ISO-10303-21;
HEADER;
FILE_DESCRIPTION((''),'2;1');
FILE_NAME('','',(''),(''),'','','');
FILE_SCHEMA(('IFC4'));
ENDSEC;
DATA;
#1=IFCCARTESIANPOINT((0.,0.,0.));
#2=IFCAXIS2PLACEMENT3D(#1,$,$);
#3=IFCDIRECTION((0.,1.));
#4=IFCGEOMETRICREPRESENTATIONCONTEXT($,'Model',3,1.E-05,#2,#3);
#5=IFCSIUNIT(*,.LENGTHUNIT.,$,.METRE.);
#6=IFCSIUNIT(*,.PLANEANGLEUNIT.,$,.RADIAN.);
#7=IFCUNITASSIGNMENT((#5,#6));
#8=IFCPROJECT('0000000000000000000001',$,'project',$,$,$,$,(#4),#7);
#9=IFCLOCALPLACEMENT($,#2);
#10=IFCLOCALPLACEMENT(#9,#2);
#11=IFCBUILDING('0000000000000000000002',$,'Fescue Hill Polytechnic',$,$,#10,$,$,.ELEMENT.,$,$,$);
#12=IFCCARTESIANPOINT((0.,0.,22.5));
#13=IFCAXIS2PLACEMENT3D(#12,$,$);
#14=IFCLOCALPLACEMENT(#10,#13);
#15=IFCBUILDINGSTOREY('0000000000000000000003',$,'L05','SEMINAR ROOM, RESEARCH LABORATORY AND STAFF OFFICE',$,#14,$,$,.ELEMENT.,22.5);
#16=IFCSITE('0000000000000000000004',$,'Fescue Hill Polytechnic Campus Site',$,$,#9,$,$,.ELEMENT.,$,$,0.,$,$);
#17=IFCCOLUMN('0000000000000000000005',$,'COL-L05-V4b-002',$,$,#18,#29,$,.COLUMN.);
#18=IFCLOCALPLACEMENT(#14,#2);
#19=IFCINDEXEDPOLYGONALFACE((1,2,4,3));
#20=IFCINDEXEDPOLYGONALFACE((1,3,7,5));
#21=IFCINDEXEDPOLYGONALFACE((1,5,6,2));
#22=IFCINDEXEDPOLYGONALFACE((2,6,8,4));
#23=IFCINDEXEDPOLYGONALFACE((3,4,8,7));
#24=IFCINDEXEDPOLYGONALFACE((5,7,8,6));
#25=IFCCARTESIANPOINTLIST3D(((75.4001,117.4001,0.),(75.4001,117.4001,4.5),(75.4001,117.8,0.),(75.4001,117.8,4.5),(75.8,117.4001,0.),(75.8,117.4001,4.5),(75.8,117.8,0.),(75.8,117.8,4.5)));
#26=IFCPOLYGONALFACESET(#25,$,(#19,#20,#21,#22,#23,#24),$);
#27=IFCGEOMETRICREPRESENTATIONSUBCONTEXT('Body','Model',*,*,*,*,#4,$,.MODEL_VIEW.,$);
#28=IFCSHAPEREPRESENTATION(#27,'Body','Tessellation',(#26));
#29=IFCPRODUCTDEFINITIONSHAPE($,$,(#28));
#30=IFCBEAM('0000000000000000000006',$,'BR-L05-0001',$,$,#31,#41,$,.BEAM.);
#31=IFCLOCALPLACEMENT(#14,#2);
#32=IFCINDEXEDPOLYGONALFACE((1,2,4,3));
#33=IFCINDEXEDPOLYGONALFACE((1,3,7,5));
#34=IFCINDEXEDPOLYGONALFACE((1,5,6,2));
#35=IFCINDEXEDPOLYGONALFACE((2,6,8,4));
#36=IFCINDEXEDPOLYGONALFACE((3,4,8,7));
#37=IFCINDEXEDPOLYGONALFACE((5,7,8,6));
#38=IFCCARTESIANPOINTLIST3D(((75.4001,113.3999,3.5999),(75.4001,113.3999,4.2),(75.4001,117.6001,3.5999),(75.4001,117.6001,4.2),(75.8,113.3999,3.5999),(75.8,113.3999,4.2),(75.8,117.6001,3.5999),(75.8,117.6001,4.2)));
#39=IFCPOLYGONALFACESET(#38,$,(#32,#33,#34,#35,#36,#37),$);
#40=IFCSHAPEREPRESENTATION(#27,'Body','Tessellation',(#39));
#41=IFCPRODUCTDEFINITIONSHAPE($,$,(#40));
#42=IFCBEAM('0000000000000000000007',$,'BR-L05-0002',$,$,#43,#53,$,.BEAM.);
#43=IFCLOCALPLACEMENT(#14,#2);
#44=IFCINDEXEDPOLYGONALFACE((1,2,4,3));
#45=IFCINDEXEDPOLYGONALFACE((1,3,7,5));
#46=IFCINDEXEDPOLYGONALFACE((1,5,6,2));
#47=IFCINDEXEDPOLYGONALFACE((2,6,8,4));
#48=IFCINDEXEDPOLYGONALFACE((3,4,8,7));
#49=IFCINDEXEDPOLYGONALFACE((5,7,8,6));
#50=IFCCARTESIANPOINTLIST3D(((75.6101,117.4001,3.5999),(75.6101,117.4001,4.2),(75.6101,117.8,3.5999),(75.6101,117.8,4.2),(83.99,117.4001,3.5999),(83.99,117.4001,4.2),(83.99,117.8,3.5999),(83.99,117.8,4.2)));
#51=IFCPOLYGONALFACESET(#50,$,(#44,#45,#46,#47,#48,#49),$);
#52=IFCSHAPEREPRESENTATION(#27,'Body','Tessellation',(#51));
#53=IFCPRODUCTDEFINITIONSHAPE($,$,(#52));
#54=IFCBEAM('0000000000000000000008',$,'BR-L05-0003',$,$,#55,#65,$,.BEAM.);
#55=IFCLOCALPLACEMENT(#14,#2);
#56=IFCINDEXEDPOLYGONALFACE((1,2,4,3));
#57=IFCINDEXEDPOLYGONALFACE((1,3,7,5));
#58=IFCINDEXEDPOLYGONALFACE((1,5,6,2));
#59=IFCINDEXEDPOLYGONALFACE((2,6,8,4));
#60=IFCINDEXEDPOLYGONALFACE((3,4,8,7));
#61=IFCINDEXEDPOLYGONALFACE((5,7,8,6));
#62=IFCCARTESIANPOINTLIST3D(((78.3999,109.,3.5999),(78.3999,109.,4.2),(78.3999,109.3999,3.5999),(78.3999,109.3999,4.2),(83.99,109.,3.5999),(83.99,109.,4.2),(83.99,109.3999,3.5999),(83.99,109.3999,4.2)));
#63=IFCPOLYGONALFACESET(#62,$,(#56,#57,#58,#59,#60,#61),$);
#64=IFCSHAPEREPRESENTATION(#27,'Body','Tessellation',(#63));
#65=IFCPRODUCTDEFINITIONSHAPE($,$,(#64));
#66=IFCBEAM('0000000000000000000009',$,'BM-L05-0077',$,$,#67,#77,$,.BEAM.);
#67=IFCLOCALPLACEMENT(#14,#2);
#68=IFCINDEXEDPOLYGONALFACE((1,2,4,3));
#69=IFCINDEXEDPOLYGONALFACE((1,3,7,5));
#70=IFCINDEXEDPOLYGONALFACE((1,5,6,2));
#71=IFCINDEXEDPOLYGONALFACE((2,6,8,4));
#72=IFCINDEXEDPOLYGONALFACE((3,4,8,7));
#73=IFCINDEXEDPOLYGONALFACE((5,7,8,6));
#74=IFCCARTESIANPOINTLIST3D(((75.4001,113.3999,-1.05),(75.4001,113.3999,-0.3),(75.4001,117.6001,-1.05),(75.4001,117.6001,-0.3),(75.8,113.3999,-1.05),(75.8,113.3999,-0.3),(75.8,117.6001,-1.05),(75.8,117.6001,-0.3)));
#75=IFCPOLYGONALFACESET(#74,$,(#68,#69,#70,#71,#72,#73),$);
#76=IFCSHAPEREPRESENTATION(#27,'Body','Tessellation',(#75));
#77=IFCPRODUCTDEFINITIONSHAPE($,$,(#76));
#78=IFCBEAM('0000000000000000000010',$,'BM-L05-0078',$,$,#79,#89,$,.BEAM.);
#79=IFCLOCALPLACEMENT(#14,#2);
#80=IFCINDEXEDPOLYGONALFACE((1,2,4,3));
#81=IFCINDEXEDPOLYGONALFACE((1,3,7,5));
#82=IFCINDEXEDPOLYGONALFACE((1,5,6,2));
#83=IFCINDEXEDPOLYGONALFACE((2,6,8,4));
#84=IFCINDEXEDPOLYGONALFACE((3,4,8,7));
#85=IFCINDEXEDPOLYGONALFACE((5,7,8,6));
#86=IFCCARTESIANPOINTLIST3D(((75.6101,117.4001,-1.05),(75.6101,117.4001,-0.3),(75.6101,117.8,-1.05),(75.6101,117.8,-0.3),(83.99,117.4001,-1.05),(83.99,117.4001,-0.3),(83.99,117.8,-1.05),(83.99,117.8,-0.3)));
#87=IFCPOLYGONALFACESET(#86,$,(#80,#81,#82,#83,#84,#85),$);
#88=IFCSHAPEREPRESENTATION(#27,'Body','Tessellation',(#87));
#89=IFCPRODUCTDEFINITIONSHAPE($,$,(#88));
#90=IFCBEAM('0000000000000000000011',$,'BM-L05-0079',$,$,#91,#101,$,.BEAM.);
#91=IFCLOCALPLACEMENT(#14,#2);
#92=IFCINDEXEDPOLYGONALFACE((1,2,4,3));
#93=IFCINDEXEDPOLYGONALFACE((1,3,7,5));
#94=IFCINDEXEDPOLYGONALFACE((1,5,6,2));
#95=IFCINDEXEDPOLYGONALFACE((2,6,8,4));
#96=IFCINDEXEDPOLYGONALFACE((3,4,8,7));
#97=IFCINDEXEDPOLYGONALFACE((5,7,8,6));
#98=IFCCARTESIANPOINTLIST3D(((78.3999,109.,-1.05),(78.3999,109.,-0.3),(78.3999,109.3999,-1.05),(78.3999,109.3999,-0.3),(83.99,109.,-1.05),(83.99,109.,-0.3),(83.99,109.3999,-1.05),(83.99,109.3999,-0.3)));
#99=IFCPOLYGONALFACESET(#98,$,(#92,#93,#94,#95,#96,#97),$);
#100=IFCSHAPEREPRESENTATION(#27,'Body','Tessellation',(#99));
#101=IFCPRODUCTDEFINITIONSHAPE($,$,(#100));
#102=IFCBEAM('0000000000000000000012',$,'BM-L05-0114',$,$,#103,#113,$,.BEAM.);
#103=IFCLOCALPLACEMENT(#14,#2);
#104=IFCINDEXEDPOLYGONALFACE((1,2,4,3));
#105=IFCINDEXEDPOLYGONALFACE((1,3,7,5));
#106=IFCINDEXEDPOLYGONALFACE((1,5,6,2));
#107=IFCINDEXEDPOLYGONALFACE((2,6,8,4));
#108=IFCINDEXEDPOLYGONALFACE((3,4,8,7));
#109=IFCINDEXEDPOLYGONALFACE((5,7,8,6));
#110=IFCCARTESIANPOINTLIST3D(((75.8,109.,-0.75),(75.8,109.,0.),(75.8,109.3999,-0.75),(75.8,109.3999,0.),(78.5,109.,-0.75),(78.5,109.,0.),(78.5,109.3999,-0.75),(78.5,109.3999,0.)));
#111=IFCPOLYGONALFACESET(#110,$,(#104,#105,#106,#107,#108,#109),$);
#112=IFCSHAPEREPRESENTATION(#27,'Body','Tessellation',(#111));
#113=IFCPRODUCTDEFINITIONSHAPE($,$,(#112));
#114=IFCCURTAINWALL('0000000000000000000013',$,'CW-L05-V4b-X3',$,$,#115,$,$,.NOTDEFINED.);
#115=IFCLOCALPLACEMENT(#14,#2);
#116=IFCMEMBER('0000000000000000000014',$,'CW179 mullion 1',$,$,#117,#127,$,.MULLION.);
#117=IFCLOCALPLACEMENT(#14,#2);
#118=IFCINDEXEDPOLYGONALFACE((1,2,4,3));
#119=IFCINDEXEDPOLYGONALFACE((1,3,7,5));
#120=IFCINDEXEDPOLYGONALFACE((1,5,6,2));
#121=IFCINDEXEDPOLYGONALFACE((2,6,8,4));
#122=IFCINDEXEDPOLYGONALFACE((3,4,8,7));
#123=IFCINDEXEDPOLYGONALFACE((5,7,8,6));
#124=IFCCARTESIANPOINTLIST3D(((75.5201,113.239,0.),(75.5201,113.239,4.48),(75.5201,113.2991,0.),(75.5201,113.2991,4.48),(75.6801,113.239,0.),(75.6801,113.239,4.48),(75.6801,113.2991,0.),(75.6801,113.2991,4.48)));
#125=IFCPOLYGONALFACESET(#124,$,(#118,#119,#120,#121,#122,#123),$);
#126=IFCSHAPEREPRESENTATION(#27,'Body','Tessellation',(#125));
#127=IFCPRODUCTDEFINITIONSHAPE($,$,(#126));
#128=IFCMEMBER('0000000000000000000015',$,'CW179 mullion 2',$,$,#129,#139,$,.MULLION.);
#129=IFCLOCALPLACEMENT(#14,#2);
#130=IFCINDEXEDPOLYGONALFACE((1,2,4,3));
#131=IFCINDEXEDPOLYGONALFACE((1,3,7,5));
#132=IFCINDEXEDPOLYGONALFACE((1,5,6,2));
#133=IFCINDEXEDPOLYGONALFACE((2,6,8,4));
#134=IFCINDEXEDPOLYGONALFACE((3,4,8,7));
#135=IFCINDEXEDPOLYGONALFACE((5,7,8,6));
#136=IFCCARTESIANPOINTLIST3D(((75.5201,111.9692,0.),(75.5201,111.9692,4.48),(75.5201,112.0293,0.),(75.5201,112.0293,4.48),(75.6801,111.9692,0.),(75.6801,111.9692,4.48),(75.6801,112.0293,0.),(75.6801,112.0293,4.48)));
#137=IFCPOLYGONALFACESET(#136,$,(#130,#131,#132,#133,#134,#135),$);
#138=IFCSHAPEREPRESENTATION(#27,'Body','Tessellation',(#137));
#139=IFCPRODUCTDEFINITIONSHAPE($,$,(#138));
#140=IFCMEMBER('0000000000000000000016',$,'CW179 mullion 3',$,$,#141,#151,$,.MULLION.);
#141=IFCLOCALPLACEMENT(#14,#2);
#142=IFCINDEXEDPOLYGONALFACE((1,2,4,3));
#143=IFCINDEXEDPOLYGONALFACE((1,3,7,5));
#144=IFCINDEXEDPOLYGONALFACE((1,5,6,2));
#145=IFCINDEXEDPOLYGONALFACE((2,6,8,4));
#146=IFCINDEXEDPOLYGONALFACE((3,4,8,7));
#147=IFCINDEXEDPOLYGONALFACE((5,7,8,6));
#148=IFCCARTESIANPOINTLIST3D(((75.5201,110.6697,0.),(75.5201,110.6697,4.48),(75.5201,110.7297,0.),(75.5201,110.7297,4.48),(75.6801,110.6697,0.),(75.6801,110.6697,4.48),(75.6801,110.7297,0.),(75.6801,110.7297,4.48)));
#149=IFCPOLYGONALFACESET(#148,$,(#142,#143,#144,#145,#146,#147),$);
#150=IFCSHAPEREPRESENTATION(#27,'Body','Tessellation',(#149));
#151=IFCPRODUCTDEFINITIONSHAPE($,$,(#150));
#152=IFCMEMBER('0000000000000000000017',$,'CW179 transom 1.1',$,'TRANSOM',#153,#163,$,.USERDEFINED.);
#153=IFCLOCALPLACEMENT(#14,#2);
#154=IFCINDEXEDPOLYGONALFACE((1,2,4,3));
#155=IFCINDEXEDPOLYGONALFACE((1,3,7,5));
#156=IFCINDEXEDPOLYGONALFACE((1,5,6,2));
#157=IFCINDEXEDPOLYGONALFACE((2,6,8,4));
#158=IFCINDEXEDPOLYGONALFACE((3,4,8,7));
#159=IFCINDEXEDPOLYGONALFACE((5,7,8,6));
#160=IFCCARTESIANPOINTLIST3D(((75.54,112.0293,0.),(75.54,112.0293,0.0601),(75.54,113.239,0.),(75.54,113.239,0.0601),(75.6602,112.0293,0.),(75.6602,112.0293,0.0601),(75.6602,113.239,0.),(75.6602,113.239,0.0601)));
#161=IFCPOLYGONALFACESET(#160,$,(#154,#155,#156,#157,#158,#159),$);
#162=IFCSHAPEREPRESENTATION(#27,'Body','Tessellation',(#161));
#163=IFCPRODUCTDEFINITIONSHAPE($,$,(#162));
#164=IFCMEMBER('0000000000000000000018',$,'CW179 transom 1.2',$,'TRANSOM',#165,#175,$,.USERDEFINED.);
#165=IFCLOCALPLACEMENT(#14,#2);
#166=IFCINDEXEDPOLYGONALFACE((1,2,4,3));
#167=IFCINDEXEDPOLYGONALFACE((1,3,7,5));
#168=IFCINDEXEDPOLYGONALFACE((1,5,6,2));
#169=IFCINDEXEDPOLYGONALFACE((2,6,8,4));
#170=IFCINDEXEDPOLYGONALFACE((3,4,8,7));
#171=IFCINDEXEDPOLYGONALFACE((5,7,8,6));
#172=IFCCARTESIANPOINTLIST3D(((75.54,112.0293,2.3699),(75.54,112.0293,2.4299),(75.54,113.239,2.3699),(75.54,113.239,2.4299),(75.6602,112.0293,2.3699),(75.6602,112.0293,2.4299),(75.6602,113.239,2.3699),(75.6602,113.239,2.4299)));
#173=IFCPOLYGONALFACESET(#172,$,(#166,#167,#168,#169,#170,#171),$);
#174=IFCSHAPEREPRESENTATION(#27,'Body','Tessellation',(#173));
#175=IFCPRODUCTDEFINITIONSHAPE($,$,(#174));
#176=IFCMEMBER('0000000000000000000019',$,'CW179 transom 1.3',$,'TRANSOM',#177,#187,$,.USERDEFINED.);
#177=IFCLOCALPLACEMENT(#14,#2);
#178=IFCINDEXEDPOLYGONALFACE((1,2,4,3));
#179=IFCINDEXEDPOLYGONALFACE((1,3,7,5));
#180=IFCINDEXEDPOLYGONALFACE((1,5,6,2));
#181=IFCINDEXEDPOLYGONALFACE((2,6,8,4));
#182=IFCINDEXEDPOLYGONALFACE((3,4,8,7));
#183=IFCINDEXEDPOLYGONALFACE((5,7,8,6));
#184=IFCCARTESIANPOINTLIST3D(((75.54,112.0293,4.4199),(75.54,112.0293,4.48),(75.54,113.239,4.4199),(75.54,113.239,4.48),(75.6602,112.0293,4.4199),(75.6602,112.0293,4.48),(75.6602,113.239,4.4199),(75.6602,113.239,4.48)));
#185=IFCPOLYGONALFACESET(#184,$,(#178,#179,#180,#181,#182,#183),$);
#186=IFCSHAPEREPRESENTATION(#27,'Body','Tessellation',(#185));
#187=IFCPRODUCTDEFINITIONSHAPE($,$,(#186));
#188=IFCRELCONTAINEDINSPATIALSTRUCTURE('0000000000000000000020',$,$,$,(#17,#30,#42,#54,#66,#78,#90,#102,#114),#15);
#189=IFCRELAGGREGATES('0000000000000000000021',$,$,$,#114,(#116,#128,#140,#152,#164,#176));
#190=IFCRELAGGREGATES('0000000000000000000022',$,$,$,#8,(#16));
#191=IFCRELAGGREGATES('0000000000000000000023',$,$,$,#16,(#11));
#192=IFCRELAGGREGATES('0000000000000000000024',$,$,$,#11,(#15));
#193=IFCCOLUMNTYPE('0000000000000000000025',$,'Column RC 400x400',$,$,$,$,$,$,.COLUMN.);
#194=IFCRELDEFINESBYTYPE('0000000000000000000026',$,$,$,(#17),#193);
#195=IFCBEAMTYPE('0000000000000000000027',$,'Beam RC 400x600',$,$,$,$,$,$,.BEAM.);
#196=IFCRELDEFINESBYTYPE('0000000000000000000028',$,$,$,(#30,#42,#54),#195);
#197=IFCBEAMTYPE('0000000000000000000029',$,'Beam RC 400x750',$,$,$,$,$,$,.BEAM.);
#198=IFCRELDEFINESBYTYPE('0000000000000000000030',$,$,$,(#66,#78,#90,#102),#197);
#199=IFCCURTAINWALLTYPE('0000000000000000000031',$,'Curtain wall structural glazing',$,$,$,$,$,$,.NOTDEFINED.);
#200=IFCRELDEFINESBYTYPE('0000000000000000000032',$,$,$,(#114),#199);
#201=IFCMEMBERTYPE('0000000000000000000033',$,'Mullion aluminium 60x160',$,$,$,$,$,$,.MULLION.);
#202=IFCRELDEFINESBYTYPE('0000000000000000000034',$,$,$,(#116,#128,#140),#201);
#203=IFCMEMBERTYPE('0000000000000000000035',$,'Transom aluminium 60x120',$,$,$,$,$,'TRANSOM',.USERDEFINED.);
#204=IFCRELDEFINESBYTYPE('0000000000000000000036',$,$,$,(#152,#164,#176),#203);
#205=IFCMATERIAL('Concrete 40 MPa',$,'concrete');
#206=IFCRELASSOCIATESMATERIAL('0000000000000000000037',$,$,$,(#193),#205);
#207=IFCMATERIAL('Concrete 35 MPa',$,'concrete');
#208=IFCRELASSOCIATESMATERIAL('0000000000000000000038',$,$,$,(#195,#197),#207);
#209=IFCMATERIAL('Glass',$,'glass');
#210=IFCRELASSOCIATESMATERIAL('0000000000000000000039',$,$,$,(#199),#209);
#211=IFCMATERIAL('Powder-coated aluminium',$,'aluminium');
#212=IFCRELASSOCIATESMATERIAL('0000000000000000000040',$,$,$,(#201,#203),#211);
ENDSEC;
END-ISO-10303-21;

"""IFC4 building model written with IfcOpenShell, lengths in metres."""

from ifc_helpers import new_model, si_unit, direction, frame, origin, origin_2d, place, context, subcontext, project, spatial, rectangle, extrude, material, material_profile, profile_set, type_object, element, aggregate, save


model = new_model("IFC4")

# Units and contexts
model_context = context("Model", 3, precision=1e-05, world=origin(), true_north=direction((0.0, 1.0)))
body_context = subcontext(model_context, "Body", "Model", "MODEL_VIEW")
ifc_project = project(units=[si_unit("LENGTHUNIT", "METRE"), si_unit("PLANEANGLEUNIT", "RADIAN")], contexts=[model_context])

# Site, building, storey
site_placement = place(None, origin())
site = spatial("IfcSite", under=ifc_project, at=site_placement, Name="Fescue Hill Polytechnic Campus Site", CompositionType="ELEMENT", RefElevation=0.0)
building_placement = place(site_placement, origin())
building = spatial("IfcBuilding", under=site, at=building_placement, Name="Fescue Hill Polytechnic", CompositionType="ELEMENT")
storey_placement = place(building_placement, frame((0.0, 0.0, 22.5)))
storey = spatial("IfcBuildingStorey", under=building, at=storey_placement, Name="L05", Description="SEMINAR ROOM, RESEARCH LABORATORY AND STAFF OFFICE", CompositionType="ELEMENT", Elevation=22.5)

# Column
ifc_material_1 = material(Name="Concrete 40 MPa", Category="concrete")
ifc_material_profile_1 = material_profile(ifc_material_1, rectangle(XDim=0.3999, YDim=0.3999, at=origin_2d()), Name="RC 400x400")
ifc_profile_set_1 = profile_set([ifc_material_profile_1], Name="Concrete 40 MPa")
column_type = type_object("IfcColumnType", Name="Column RC 400x400", PredefinedType="COLUMN", material=ifc_profile_set_1)
column_placement = place(storey_placement, frame((75.6001, 117.6001, 0.0), z_axis=(0.0, 0.0, 1.0), x_axis=(1.0, 0.0, 0.0)))
element("IfcColumn", 1, at=column_placement, inside=storey, type_object=column_type, Name="COL-L05-V4b-002", PredefinedType="COLUMN", context=body_context, shape_type="SweptSolid", body=[
    extrude(rectangle(XDim=0.3999, YDim=0.3999, at=origin_2d()), origin(), (0.0, 0.0, 1.0), 4.5),
])

# Beams
ifc_material_2 = material(Name="Concrete 35 MPa", Category="concrete")
ifc_material_profile_2 = material_profile(ifc_material_2, rectangle(XDim=0.3999, YDim=0.6001, at=origin_2d()), Name="RC 400x600")
ifc_profile_set_2 = profile_set([ifc_material_profile_2], Name="Concrete 35 MPa")
beam_type_1 = type_object("IfcBeamType", Name="Beam RC 400x600", PredefinedType="BEAM", material=ifc_profile_set_2)
beam_1_placement = place(storey_placement, frame((75.6001, 113.3999, 3.8999), z_axis=(0.0, 1.0, 0.0), x_axis=(-1.0, 0.0, 0.0)))
element("IfcBeam", 2, at=beam_1_placement, inside=storey, type_object=beam_type_1, Name="BR-L05-0001", PredefinedType="BEAM", context=body_context, shape_type="SweptSolid", body=[
    extrude(rectangle(XDim=0.3999, YDim=0.6001, at=origin_2d()), origin(), (0.0, 0.0, 1.0), 4.2002),
])
beam_2_placement = place(storey_placement, frame((75.6101, 117.6001, 3.8999), z_axis=(1.0, 0.0, 0.0), x_axis=(0.0, 1.0, 0.0)))
element("IfcBeam", 3, at=beam_2_placement, inside=storey, type_object=beam_type_1, Name="BR-L05-0002", PredefinedType="BEAM", context=body_context, shape_type="SweptSolid", body=[
    extrude(rectangle(XDim=0.3999, YDim=0.6001, at=origin_2d()), origin(), (0.0, 0.0, 1.0), 8.3799),
])
beam_3_placement = place(storey_placement, frame((78.3999, 109.2, 3.8999), z_axis=(1.0, 0.0, 0.0), x_axis=(0.0, 1.0, 0.0)))
element("IfcBeam", 4, at=beam_3_placement, inside=storey, type_object=beam_type_1, Name="BR-L05-0003", PredefinedType="BEAM", context=body_context, shape_type="SweptSolid", body=[
    extrude(rectangle(XDim=0.3999, YDim=0.6001, at=origin_2d()), origin(), (0.0, 0.0, 1.0), 5.5901),
])
ifc_material_profile_3 = material_profile(ifc_material_2, rectangle(XDim=0.3999, YDim=0.75, at=origin_2d()), Name="RC 400x750")
ifc_profile_set_3 = profile_set([ifc_material_profile_3], Name="Concrete 35 MPa")
beam_type_2 = type_object("IfcBeamType", Name="Beam RC 400x750", PredefinedType="BEAM", material=ifc_profile_set_3)
beam_4_placement = place(storey_placement, frame((75.6001, 113.3999, -0.675), z_axis=(0.0, 1.0, 0.0), x_axis=(-1.0, 0.0, 0.0)))
element("IfcBeam", 5, at=beam_4_placement, inside=storey, type_object=beam_type_2, Name="BM-L05-0077", PredefinedType="BEAM", context=body_context, shape_type="SweptSolid", body=[
    extrude(rectangle(XDim=0.3999, YDim=0.75, at=origin_2d()), origin(), (0.0, 0.0, 1.0), 4.2002),
])
beam_5_placement = place(storey_placement, frame((75.6101, 117.6001, -0.675), z_axis=(1.0, 0.0, 0.0), x_axis=(0.0, 1.0, 0.0)))
element("IfcBeam", 6, at=beam_5_placement, inside=storey, type_object=beam_type_2, Name="BM-L05-0078", PredefinedType="BEAM", context=body_context, shape_type="SweptSolid", body=[
    extrude(rectangle(XDim=0.3999, YDim=0.75, at=origin_2d()), origin(), (0.0, 0.0, 1.0), 8.3799),
])
beam_6_placement = place(storey_placement, frame((78.3999, 109.2, -0.675), z_axis=(1.0, 0.0, 0.0), x_axis=(0.0, 1.0, 0.0)))
element("IfcBeam", 7, at=beam_6_placement, inside=storey, type_object=beam_type_2, Name="BM-L05-0079", PredefinedType="BEAM", context=body_context, shape_type="SweptSolid", body=[
    extrude(rectangle(XDim=0.3999, YDim=0.75, at=origin_2d()), origin(), (0.0, 0.0, 1.0), 5.5901),
])
beam_7_placement = place(storey_placement, frame((75.8, 109.2, -0.375), z_axis=(1.0, 0.0, 0.0), x_axis=(0.0, 1.0, 0.0)))
element("IfcBeam", 8, at=beam_7_placement, inside=storey, type_object=beam_type_2, Name="BM-L05-0114", PredefinedType="BEAM", context=body_context, shape_type="SweptSolid", body=[
    extrude(rectangle(XDim=0.3999, YDim=0.75, at=origin_2d()), origin(), (0.0, 0.0, 1.0), 2.7),
])

# Curtain wall, members
ifc_material_3 = material(Name="Glass", Category="glass")
curtain_wall_type = type_object("IfcCurtainWallType", Name="Curtain wall structural glazing", PredefinedType="NOTDEFINED", material=ifc_material_3)
curtain_wall_placement = place(storey_placement, origin())
curtain_wall = element("IfcCurtainWall", 9, at=curtain_wall_placement, inside=storey, type_object=curtain_wall_type, Name="CW-L05-V4b-X3", PredefinedType="NOTDEFINED")
ifc_material_4 = material(Name="Powder-coated aluminium", Category="aluminium")
ifc_material_profile_4 = material_profile(ifc_material_4, rectangle(XDim=0.1599, YDim=0.0601, at=origin_2d()), Name="Mullion aluminium 60x160")
ifc_profile_set_4 = profile_set([ifc_material_profile_4], Name="Powder-coated aluminium")
member_type_1 = type_object("IfcMemberType", Name="Mullion aluminium 60x160", PredefinedType="MULLION", material=ifc_profile_set_4)
member_1_placement = place(storey_placement, frame((75.6001, 113.269, 0.0), z_axis=(0.0, 0.0, 1.0), x_axis=(1.0, 0.0, 0.0)))
member_1 = element("IfcMember", 10, at=member_1_placement, type_object=member_type_1, Name="CW179 mullion 1", PredefinedType="MULLION", context=body_context, shape_type="SweptSolid", body=[
    extrude(rectangle(XDim=0.1599, YDim=0.0601, at=origin_2d()), origin(), (0.0, 0.0, 1.0), 4.48),
])
member_2_placement = place(storey_placement, frame((75.6001, 111.9993, 0.0), z_axis=(0.0, 0.0, 1.0), x_axis=(1.0, 0.0, 0.0)))
member_2 = element("IfcMember", 11, at=member_2_placement, type_object=member_type_1, Name="CW179 mullion 2", PredefinedType="MULLION", context=body_context, shape_type="SweptSolid", body=[
    extrude(rectangle(XDim=0.1599, YDim=0.0601, at=origin_2d()), origin(), (0.0, 0.0, 1.0), 4.48),
])
member_3_placement = place(storey_placement, frame((75.6001, 110.6997, 0.0), z_axis=(0.0, 0.0, 1.0), x_axis=(1.0, 0.0, 0.0)))
member_3 = element("IfcMember", 12, at=member_3_placement, type_object=member_type_1, Name="CW179 mullion 3", PredefinedType="MULLION", context=body_context, shape_type="SweptSolid", body=[
    extrude(rectangle(XDim=0.1599, YDim=0.0601, at=origin_2d()), origin(), (0.0, 0.0, 1.0), 4.48),
])
ifc_material_profile_5 = material_profile(ifc_material_4, rectangle(XDim=0.1201, YDim=0.0601, at=origin_2d()), Name="Transom aluminium 60x120")
ifc_profile_set_5 = profile_set([ifc_material_profile_5], Name="Powder-coated aluminium")
member_type_2 = type_object("IfcMemberType", Name="Transom aluminium 60x120", ElementType="TRANSOM", PredefinedType="USERDEFINED", material=ifc_profile_set_5)
member_4_placement = place(storey_placement, frame((75.6001, 113.239, 0.03), z_axis=(0.0, -1.0, 0.0), x_axis=(1.0, 0.0, 0.0)))
member_4 = element("IfcMember", 13, at=member_4_placement, type_object=member_type_2, Name="CW179 transom 1.1", ObjectType="TRANSOM", PredefinedType="USERDEFINED", context=body_context, shape_type="SweptSolid", body=[
    extrude(rectangle(XDim=0.1201, YDim=0.0601, at=origin_2d()), origin(), (0.0, 0.0, 1.0), 1.2097),
])
member_5_placement = place(storey_placement, frame((75.6001, 113.239, 2.3999), z_axis=(0.0, -1.0, 0.0), x_axis=(1.0, 0.0, 0.0)))
member_5 = element("IfcMember", 14, at=member_5_placement, type_object=member_type_2, Name="CW179 transom 1.2", ObjectType="TRANSOM", PredefinedType="USERDEFINED", context=body_context, shape_type="SweptSolid", body=[
    extrude(rectangle(XDim=0.1201, YDim=0.0601, at=origin_2d()), origin(), (0.0, 0.0, 1.0), 1.2097),
])
member_6_placement = place(storey_placement, frame((75.6001, 113.239, 4.45), z_axis=(0.0, -1.0, 0.0), x_axis=(1.0, 0.0, 0.0)))
member_6 = element("IfcMember", 15, at=member_6_placement, type_object=member_type_2, Name="CW179 transom 1.3", ObjectType="TRANSOM", PredefinedType="USERDEFINED", context=body_context, shape_type="SweptSolid", body=[
    extrude(rectangle(XDim=0.1201, YDim=0.0601, at=origin_2d()), origin(), (0.0, 0.0, 1.0), 1.2097),
])
aggregate(curtain_wall, [member_1, member_2, member_3, member_4, member_5, member_6])

save(model, "model.ifc")
